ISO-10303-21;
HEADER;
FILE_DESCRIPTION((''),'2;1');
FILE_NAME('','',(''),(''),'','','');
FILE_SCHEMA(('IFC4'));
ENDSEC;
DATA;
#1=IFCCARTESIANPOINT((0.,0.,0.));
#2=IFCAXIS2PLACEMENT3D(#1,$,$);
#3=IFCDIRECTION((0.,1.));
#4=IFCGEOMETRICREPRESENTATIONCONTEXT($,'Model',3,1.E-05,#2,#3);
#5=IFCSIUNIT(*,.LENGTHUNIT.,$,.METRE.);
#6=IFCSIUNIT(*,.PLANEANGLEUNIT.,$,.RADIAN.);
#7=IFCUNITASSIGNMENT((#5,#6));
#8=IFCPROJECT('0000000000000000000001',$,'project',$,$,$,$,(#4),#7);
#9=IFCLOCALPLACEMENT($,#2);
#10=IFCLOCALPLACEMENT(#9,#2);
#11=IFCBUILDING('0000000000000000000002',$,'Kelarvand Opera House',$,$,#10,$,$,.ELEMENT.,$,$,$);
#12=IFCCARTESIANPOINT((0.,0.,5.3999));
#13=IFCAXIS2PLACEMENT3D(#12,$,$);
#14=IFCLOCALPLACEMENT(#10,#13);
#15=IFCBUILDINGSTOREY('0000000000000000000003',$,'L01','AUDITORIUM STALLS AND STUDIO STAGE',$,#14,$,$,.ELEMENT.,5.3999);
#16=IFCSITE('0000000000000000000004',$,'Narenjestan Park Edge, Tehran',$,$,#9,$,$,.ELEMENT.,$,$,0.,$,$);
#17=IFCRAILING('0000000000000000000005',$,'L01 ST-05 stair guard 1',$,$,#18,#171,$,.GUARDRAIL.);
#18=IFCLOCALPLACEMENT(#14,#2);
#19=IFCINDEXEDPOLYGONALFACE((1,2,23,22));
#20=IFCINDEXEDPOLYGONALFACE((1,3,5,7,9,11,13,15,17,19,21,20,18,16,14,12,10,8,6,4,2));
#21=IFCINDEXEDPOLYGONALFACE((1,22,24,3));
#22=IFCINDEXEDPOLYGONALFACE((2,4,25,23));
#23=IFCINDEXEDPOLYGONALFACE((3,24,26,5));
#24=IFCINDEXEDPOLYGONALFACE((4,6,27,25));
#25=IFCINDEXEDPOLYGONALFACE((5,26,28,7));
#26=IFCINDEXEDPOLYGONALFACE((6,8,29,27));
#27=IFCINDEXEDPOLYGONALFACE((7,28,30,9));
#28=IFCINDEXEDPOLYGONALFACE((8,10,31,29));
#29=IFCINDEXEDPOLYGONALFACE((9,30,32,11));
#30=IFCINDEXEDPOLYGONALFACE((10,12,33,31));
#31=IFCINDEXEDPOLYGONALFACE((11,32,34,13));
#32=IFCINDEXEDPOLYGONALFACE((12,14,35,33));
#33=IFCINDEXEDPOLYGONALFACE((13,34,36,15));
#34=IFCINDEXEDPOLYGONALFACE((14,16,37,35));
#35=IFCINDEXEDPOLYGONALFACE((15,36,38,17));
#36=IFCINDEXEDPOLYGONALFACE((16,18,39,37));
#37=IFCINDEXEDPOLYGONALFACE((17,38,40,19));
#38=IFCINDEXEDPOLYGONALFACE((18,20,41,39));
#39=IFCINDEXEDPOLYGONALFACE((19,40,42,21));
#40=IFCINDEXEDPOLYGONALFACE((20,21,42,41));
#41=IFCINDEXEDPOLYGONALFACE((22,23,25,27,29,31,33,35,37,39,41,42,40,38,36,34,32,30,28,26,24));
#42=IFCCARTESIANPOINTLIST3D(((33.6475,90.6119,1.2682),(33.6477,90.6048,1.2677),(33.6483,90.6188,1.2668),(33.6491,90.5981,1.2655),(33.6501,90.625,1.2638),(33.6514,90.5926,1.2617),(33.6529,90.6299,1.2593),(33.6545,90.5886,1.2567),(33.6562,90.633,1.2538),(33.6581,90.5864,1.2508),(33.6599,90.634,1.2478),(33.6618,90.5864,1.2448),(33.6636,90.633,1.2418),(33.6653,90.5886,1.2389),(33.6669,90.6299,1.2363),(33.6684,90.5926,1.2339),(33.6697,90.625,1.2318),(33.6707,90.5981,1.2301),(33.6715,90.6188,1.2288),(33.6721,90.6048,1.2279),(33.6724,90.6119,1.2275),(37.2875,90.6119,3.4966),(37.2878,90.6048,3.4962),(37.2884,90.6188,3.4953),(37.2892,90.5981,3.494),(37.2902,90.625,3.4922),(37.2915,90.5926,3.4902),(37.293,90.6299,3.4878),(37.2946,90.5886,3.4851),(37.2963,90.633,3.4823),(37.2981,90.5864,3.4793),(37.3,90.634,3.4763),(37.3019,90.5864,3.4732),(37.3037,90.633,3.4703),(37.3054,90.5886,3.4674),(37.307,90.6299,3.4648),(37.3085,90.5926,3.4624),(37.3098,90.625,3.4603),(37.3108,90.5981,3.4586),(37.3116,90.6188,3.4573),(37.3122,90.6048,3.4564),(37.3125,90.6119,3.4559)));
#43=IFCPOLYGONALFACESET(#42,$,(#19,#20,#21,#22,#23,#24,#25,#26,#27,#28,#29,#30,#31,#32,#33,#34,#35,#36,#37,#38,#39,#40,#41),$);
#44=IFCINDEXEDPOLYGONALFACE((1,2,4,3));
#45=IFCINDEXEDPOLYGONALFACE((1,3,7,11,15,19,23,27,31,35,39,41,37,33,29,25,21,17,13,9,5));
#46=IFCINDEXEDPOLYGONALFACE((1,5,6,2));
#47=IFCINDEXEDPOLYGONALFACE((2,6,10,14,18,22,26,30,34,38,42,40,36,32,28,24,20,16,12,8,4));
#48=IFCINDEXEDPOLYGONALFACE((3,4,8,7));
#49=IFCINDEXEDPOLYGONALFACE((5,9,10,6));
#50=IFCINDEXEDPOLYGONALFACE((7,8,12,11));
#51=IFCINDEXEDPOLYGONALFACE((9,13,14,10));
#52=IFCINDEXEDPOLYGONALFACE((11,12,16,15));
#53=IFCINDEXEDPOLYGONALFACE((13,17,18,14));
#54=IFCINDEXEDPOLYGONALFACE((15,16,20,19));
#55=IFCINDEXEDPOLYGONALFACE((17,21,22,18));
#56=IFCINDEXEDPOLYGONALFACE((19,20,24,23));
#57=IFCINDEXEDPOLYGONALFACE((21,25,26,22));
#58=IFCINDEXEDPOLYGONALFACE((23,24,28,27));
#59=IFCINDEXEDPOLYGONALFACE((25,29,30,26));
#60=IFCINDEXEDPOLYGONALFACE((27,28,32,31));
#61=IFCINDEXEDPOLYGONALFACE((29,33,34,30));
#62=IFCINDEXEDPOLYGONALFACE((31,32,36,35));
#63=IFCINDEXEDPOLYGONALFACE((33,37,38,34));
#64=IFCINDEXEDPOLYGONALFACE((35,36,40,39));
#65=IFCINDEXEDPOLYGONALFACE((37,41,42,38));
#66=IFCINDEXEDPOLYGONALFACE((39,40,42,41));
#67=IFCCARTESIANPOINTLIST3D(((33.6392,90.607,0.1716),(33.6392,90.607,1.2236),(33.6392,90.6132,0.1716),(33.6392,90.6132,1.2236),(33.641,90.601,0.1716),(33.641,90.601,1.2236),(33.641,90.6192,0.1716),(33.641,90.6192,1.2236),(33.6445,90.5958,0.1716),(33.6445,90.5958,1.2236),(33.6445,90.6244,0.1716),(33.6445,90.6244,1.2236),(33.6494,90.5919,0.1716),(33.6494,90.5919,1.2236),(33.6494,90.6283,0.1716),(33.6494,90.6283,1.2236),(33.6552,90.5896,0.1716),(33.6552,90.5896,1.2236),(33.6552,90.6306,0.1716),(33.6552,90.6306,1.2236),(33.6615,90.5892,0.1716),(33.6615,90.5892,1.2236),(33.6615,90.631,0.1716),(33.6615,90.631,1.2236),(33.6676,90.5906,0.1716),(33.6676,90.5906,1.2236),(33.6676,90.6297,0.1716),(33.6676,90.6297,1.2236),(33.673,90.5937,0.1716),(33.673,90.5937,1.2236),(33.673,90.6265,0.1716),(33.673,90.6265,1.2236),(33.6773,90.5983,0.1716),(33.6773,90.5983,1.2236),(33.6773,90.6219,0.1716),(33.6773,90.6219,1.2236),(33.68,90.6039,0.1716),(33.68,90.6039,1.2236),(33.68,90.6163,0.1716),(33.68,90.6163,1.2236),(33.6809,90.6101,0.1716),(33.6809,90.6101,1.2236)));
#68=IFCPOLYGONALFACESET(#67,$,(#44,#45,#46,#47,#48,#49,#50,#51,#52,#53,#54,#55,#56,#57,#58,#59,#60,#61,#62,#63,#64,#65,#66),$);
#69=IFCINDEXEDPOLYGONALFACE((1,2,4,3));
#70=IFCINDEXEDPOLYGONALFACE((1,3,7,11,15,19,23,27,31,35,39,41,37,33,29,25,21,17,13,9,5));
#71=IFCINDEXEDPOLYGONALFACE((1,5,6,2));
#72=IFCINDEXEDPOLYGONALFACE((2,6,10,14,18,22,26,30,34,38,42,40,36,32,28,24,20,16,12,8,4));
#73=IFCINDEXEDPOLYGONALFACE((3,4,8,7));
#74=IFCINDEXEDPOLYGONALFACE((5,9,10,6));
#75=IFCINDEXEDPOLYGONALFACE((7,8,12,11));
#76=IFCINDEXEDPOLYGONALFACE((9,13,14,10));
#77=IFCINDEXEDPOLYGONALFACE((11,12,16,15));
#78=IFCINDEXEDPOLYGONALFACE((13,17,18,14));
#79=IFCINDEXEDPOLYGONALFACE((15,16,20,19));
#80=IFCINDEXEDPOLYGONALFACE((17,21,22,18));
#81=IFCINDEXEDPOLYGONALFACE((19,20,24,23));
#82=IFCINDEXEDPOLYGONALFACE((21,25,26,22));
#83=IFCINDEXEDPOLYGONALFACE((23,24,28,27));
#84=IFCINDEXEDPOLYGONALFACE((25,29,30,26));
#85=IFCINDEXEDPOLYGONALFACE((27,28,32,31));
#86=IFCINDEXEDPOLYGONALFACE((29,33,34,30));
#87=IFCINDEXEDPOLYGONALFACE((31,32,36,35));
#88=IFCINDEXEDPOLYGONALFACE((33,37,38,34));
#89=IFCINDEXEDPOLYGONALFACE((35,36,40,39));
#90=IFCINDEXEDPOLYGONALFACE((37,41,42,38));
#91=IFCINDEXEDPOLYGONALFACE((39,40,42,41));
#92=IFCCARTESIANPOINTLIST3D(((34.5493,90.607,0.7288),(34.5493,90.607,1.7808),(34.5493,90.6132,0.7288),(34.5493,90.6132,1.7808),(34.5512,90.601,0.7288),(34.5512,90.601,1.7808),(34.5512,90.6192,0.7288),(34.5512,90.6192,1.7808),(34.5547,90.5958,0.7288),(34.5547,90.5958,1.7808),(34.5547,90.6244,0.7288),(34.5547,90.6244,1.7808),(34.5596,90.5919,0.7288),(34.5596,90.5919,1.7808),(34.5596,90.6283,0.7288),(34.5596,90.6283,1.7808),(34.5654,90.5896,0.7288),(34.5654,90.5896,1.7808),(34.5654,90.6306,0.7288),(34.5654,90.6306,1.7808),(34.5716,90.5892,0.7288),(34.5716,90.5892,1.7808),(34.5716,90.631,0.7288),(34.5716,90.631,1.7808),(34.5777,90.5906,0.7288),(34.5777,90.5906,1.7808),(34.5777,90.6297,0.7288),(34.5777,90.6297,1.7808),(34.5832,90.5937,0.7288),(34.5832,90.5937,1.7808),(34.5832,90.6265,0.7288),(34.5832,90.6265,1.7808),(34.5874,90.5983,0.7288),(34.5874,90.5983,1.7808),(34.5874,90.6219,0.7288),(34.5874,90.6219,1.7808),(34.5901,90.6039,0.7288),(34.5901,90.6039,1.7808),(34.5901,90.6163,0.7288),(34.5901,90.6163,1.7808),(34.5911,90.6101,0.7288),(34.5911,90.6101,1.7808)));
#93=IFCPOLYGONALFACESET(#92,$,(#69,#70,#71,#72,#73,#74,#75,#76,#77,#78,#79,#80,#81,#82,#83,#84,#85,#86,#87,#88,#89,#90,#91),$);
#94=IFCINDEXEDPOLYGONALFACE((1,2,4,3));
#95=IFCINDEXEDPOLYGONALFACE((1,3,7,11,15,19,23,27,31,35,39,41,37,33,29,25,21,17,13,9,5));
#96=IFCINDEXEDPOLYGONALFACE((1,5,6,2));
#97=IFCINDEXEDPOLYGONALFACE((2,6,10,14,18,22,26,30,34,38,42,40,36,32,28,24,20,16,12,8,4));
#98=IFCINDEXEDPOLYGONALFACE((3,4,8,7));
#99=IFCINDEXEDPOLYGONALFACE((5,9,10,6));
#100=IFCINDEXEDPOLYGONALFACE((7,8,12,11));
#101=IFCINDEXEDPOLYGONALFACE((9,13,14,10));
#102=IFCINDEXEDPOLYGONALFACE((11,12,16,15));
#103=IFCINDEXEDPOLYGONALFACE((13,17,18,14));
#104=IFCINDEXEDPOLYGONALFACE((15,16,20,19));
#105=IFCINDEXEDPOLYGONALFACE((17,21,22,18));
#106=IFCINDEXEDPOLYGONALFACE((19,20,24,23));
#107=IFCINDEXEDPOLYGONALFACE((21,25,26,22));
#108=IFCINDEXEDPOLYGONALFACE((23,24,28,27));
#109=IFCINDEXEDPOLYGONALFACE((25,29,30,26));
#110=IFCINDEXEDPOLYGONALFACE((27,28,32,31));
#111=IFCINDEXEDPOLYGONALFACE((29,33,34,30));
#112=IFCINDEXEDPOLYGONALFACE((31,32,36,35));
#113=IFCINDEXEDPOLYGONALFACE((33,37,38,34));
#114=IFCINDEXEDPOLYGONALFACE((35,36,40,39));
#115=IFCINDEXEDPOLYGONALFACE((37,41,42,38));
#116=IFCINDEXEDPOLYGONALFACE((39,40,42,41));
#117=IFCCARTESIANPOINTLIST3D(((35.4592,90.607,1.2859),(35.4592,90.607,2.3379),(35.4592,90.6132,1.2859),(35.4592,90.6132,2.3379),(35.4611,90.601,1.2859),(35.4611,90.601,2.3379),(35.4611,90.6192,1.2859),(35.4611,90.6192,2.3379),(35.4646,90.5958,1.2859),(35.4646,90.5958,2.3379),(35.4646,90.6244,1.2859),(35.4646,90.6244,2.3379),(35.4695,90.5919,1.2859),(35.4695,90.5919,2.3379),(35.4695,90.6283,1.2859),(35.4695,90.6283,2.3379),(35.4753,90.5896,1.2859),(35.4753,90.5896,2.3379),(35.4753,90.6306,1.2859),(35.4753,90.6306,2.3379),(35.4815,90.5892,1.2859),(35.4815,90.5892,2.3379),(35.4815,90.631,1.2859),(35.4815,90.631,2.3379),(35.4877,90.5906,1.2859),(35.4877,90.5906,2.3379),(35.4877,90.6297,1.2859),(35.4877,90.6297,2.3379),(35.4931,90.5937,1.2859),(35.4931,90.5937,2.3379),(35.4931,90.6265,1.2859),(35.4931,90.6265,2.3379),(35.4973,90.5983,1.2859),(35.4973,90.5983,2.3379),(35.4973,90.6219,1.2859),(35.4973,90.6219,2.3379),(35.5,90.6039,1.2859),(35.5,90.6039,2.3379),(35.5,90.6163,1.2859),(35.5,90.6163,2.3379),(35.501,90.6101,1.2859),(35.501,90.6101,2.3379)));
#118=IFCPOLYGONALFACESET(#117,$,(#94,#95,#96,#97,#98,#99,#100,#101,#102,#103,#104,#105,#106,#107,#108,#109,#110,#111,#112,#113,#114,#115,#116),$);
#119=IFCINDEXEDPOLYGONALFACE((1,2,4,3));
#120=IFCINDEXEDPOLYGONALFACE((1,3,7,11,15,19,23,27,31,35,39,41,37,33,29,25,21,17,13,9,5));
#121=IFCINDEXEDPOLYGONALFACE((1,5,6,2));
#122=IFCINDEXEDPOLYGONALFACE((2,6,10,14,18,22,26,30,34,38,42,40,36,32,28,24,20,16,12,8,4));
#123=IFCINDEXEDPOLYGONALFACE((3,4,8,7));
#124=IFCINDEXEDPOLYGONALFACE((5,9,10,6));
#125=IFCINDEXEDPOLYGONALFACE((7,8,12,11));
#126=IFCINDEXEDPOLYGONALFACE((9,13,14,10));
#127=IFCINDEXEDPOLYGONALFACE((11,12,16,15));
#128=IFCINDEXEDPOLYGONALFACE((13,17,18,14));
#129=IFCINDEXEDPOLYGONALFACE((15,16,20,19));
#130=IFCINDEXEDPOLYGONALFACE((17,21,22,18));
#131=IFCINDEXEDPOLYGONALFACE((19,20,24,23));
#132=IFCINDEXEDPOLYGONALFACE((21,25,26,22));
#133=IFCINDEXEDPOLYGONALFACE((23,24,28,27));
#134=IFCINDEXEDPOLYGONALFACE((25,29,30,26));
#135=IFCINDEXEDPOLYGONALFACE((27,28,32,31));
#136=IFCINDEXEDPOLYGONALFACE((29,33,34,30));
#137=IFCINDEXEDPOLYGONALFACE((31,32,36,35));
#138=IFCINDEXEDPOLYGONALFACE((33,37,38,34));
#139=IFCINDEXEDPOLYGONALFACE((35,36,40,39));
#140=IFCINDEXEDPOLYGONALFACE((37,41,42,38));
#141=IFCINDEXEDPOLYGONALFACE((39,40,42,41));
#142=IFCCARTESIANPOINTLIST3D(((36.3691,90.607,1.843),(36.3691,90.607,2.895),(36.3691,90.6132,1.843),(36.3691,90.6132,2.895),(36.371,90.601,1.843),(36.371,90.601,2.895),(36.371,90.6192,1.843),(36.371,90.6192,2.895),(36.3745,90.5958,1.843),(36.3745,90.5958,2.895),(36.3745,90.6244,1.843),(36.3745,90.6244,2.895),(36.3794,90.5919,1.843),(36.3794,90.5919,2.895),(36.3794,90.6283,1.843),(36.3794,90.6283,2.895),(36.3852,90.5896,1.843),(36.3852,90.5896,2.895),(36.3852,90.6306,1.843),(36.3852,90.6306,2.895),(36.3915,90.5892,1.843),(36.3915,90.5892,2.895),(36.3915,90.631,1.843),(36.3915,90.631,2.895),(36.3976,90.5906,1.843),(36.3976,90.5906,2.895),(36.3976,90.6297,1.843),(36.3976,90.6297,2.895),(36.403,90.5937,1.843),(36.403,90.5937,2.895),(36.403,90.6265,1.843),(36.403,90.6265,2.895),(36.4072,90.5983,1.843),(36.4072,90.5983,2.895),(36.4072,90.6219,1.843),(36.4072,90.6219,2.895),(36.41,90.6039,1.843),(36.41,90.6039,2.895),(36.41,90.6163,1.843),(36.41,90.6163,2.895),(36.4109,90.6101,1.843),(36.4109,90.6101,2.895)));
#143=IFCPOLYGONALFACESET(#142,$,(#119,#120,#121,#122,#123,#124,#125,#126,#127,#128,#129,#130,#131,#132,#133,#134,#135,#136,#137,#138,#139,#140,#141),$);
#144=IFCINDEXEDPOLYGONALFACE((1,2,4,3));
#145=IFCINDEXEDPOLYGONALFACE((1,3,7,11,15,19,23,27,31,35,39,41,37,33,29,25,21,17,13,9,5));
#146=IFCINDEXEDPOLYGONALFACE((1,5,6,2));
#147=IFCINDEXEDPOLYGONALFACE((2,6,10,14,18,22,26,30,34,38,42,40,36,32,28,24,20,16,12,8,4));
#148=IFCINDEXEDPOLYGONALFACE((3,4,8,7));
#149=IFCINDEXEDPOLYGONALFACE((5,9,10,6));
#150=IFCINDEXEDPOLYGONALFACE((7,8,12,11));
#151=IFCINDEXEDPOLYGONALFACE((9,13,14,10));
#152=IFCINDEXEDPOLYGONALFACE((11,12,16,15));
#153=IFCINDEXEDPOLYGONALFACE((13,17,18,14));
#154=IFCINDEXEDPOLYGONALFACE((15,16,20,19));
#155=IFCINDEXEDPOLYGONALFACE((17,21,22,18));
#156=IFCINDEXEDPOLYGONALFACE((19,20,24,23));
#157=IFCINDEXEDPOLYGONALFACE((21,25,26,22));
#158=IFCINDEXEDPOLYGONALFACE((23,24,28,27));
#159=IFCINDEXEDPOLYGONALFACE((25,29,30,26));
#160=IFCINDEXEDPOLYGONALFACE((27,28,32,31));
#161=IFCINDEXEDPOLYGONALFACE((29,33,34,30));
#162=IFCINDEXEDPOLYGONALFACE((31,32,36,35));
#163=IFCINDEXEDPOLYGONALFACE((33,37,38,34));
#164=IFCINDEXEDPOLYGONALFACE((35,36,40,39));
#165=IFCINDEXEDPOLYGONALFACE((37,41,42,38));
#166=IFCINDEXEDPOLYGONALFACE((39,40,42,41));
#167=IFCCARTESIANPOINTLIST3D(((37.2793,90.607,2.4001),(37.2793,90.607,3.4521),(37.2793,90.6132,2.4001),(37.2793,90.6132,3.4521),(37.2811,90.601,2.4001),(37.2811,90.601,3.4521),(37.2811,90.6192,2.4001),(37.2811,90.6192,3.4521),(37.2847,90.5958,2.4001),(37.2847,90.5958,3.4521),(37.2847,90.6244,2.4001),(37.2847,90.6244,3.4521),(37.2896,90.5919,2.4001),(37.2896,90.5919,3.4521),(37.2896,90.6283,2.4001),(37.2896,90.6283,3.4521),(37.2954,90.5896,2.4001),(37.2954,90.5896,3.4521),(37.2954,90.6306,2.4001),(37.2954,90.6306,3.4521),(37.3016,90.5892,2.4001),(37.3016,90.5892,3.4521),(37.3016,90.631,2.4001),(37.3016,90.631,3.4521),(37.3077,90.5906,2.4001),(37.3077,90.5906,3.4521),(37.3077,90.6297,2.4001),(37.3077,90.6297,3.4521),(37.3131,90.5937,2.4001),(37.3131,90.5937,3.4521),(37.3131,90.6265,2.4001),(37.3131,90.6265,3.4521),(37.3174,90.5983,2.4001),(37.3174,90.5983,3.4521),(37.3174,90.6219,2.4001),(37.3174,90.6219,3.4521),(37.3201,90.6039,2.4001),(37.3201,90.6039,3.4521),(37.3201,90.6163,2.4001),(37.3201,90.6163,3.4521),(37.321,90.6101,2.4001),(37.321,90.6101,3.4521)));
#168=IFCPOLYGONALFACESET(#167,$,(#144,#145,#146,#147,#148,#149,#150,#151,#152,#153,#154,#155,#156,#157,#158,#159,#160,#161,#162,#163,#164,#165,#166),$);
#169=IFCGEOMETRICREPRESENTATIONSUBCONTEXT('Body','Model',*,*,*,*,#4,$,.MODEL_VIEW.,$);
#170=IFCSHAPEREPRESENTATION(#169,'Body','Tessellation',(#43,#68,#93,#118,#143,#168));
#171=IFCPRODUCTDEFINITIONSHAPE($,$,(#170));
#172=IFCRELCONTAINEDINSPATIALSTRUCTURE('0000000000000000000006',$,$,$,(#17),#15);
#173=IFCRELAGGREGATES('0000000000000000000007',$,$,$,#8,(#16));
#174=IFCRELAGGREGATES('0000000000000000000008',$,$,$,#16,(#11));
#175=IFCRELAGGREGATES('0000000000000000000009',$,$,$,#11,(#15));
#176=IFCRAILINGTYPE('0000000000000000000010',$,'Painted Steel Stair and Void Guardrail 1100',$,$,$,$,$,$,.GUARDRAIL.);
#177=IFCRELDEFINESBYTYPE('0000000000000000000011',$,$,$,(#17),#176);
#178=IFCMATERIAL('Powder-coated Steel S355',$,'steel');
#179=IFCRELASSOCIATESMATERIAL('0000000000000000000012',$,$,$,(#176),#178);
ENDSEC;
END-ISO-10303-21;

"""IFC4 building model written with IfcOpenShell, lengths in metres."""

from ifc_helpers import new_model, si_unit, direction, frame, origin, origin_2d, place, context, subcontext, project, spatial, circle, extrude, material, type_object, element, save


model = new_model("IFC4")

# Units and contexts
model_context = context("Model", 3, precision=1e-05, world=origin(), true_north=direction((0.0, 1.0)))
body_context = subcontext(model_context, "Body", "Model", "MODEL_VIEW")
ifc_project = project(units=[si_unit("LENGTHUNIT", "METRE"), si_unit("PLANEANGLEUNIT", "RADIAN")], contexts=[model_context])

# Site, building, storey
site_placement = place(None, origin())
site = spatial("IfcSite", under=ifc_project, at=site_placement, Name="Narenjestan Park Edge, Tehran", CompositionType="ELEMENT", RefElevation=0.0)
building_placement = place(site_placement, origin())
building = spatial("IfcBuilding", under=site, at=building_placement, Name="Kelarvand Opera House", CompositionType="ELEMENT")
storey_placement = place(building_placement, frame((0.0, 0.0, 5.3999)))
storey = spatial("IfcBuildingStorey", under=building, at=storey_placement, Name="L01", Description="AUDITORIUM STALLS AND STUDIO STAGE", CompositionType="ELEMENT", Elevation=5.3999)

# Railing
ifc_material_1 = material(Name="Powder-coated Steel S355", Category="steel")
railing_type_1 = type_object("IfcRailingType", Name="Painted Steel Stair and Void Guardrail 1100", PredefinedType="GUARDRAIL", material=ifc_material_1)
railing_1_placement = place(storey_placement, frame((33.6599, 90.6101, 0.1716)))
element("IfcRailing", 1, at=railing_1_placement, inside=storey, type_object=railing_type_1, Name="L01 ST-05 stair guard 1", PredefinedType="GUARDRAIL", context=body_context, shape_type="SweptSolid", body=[
    extrude(circle(Radius=0.0239, at=origin_2d()), frame((0.0, 0.0, 1.0762), z_axis=(0.852866, 0.0, 0.52213), x_axis=(0.0, 1.0, 0.0)), (0.0, 0.0, 1.0), 4.2681),
    extrude(circle(Radius=0.021, at=origin_2d()), origin(), (0.0, 0.0, 1.0), 1.052),
    extrude(circle(Radius=0.021, at=origin_2d()), frame((0.9102, 0.0, 0.5571)), (0.0, 0.0, 1.0), 1.052),
    extrude(circle(Radius=0.021, at=origin_2d()), frame((1.8201, 0.0, 1.1143)), (0.0, 0.0, 1.0), 1.052),
    extrude(circle(Radius=0.021, at=origin_2d()), frame((2.73, 0.0, 1.6714)), (0.0, 0.0, 1.0), 1.052),
    extrude(circle(Radius=0.021, at=origin_2d()), frame((3.6401, 0.0, 2.2285)), (0.0, 0.0, 1.0), 1.052),
])

save(model, "model.ifc")
